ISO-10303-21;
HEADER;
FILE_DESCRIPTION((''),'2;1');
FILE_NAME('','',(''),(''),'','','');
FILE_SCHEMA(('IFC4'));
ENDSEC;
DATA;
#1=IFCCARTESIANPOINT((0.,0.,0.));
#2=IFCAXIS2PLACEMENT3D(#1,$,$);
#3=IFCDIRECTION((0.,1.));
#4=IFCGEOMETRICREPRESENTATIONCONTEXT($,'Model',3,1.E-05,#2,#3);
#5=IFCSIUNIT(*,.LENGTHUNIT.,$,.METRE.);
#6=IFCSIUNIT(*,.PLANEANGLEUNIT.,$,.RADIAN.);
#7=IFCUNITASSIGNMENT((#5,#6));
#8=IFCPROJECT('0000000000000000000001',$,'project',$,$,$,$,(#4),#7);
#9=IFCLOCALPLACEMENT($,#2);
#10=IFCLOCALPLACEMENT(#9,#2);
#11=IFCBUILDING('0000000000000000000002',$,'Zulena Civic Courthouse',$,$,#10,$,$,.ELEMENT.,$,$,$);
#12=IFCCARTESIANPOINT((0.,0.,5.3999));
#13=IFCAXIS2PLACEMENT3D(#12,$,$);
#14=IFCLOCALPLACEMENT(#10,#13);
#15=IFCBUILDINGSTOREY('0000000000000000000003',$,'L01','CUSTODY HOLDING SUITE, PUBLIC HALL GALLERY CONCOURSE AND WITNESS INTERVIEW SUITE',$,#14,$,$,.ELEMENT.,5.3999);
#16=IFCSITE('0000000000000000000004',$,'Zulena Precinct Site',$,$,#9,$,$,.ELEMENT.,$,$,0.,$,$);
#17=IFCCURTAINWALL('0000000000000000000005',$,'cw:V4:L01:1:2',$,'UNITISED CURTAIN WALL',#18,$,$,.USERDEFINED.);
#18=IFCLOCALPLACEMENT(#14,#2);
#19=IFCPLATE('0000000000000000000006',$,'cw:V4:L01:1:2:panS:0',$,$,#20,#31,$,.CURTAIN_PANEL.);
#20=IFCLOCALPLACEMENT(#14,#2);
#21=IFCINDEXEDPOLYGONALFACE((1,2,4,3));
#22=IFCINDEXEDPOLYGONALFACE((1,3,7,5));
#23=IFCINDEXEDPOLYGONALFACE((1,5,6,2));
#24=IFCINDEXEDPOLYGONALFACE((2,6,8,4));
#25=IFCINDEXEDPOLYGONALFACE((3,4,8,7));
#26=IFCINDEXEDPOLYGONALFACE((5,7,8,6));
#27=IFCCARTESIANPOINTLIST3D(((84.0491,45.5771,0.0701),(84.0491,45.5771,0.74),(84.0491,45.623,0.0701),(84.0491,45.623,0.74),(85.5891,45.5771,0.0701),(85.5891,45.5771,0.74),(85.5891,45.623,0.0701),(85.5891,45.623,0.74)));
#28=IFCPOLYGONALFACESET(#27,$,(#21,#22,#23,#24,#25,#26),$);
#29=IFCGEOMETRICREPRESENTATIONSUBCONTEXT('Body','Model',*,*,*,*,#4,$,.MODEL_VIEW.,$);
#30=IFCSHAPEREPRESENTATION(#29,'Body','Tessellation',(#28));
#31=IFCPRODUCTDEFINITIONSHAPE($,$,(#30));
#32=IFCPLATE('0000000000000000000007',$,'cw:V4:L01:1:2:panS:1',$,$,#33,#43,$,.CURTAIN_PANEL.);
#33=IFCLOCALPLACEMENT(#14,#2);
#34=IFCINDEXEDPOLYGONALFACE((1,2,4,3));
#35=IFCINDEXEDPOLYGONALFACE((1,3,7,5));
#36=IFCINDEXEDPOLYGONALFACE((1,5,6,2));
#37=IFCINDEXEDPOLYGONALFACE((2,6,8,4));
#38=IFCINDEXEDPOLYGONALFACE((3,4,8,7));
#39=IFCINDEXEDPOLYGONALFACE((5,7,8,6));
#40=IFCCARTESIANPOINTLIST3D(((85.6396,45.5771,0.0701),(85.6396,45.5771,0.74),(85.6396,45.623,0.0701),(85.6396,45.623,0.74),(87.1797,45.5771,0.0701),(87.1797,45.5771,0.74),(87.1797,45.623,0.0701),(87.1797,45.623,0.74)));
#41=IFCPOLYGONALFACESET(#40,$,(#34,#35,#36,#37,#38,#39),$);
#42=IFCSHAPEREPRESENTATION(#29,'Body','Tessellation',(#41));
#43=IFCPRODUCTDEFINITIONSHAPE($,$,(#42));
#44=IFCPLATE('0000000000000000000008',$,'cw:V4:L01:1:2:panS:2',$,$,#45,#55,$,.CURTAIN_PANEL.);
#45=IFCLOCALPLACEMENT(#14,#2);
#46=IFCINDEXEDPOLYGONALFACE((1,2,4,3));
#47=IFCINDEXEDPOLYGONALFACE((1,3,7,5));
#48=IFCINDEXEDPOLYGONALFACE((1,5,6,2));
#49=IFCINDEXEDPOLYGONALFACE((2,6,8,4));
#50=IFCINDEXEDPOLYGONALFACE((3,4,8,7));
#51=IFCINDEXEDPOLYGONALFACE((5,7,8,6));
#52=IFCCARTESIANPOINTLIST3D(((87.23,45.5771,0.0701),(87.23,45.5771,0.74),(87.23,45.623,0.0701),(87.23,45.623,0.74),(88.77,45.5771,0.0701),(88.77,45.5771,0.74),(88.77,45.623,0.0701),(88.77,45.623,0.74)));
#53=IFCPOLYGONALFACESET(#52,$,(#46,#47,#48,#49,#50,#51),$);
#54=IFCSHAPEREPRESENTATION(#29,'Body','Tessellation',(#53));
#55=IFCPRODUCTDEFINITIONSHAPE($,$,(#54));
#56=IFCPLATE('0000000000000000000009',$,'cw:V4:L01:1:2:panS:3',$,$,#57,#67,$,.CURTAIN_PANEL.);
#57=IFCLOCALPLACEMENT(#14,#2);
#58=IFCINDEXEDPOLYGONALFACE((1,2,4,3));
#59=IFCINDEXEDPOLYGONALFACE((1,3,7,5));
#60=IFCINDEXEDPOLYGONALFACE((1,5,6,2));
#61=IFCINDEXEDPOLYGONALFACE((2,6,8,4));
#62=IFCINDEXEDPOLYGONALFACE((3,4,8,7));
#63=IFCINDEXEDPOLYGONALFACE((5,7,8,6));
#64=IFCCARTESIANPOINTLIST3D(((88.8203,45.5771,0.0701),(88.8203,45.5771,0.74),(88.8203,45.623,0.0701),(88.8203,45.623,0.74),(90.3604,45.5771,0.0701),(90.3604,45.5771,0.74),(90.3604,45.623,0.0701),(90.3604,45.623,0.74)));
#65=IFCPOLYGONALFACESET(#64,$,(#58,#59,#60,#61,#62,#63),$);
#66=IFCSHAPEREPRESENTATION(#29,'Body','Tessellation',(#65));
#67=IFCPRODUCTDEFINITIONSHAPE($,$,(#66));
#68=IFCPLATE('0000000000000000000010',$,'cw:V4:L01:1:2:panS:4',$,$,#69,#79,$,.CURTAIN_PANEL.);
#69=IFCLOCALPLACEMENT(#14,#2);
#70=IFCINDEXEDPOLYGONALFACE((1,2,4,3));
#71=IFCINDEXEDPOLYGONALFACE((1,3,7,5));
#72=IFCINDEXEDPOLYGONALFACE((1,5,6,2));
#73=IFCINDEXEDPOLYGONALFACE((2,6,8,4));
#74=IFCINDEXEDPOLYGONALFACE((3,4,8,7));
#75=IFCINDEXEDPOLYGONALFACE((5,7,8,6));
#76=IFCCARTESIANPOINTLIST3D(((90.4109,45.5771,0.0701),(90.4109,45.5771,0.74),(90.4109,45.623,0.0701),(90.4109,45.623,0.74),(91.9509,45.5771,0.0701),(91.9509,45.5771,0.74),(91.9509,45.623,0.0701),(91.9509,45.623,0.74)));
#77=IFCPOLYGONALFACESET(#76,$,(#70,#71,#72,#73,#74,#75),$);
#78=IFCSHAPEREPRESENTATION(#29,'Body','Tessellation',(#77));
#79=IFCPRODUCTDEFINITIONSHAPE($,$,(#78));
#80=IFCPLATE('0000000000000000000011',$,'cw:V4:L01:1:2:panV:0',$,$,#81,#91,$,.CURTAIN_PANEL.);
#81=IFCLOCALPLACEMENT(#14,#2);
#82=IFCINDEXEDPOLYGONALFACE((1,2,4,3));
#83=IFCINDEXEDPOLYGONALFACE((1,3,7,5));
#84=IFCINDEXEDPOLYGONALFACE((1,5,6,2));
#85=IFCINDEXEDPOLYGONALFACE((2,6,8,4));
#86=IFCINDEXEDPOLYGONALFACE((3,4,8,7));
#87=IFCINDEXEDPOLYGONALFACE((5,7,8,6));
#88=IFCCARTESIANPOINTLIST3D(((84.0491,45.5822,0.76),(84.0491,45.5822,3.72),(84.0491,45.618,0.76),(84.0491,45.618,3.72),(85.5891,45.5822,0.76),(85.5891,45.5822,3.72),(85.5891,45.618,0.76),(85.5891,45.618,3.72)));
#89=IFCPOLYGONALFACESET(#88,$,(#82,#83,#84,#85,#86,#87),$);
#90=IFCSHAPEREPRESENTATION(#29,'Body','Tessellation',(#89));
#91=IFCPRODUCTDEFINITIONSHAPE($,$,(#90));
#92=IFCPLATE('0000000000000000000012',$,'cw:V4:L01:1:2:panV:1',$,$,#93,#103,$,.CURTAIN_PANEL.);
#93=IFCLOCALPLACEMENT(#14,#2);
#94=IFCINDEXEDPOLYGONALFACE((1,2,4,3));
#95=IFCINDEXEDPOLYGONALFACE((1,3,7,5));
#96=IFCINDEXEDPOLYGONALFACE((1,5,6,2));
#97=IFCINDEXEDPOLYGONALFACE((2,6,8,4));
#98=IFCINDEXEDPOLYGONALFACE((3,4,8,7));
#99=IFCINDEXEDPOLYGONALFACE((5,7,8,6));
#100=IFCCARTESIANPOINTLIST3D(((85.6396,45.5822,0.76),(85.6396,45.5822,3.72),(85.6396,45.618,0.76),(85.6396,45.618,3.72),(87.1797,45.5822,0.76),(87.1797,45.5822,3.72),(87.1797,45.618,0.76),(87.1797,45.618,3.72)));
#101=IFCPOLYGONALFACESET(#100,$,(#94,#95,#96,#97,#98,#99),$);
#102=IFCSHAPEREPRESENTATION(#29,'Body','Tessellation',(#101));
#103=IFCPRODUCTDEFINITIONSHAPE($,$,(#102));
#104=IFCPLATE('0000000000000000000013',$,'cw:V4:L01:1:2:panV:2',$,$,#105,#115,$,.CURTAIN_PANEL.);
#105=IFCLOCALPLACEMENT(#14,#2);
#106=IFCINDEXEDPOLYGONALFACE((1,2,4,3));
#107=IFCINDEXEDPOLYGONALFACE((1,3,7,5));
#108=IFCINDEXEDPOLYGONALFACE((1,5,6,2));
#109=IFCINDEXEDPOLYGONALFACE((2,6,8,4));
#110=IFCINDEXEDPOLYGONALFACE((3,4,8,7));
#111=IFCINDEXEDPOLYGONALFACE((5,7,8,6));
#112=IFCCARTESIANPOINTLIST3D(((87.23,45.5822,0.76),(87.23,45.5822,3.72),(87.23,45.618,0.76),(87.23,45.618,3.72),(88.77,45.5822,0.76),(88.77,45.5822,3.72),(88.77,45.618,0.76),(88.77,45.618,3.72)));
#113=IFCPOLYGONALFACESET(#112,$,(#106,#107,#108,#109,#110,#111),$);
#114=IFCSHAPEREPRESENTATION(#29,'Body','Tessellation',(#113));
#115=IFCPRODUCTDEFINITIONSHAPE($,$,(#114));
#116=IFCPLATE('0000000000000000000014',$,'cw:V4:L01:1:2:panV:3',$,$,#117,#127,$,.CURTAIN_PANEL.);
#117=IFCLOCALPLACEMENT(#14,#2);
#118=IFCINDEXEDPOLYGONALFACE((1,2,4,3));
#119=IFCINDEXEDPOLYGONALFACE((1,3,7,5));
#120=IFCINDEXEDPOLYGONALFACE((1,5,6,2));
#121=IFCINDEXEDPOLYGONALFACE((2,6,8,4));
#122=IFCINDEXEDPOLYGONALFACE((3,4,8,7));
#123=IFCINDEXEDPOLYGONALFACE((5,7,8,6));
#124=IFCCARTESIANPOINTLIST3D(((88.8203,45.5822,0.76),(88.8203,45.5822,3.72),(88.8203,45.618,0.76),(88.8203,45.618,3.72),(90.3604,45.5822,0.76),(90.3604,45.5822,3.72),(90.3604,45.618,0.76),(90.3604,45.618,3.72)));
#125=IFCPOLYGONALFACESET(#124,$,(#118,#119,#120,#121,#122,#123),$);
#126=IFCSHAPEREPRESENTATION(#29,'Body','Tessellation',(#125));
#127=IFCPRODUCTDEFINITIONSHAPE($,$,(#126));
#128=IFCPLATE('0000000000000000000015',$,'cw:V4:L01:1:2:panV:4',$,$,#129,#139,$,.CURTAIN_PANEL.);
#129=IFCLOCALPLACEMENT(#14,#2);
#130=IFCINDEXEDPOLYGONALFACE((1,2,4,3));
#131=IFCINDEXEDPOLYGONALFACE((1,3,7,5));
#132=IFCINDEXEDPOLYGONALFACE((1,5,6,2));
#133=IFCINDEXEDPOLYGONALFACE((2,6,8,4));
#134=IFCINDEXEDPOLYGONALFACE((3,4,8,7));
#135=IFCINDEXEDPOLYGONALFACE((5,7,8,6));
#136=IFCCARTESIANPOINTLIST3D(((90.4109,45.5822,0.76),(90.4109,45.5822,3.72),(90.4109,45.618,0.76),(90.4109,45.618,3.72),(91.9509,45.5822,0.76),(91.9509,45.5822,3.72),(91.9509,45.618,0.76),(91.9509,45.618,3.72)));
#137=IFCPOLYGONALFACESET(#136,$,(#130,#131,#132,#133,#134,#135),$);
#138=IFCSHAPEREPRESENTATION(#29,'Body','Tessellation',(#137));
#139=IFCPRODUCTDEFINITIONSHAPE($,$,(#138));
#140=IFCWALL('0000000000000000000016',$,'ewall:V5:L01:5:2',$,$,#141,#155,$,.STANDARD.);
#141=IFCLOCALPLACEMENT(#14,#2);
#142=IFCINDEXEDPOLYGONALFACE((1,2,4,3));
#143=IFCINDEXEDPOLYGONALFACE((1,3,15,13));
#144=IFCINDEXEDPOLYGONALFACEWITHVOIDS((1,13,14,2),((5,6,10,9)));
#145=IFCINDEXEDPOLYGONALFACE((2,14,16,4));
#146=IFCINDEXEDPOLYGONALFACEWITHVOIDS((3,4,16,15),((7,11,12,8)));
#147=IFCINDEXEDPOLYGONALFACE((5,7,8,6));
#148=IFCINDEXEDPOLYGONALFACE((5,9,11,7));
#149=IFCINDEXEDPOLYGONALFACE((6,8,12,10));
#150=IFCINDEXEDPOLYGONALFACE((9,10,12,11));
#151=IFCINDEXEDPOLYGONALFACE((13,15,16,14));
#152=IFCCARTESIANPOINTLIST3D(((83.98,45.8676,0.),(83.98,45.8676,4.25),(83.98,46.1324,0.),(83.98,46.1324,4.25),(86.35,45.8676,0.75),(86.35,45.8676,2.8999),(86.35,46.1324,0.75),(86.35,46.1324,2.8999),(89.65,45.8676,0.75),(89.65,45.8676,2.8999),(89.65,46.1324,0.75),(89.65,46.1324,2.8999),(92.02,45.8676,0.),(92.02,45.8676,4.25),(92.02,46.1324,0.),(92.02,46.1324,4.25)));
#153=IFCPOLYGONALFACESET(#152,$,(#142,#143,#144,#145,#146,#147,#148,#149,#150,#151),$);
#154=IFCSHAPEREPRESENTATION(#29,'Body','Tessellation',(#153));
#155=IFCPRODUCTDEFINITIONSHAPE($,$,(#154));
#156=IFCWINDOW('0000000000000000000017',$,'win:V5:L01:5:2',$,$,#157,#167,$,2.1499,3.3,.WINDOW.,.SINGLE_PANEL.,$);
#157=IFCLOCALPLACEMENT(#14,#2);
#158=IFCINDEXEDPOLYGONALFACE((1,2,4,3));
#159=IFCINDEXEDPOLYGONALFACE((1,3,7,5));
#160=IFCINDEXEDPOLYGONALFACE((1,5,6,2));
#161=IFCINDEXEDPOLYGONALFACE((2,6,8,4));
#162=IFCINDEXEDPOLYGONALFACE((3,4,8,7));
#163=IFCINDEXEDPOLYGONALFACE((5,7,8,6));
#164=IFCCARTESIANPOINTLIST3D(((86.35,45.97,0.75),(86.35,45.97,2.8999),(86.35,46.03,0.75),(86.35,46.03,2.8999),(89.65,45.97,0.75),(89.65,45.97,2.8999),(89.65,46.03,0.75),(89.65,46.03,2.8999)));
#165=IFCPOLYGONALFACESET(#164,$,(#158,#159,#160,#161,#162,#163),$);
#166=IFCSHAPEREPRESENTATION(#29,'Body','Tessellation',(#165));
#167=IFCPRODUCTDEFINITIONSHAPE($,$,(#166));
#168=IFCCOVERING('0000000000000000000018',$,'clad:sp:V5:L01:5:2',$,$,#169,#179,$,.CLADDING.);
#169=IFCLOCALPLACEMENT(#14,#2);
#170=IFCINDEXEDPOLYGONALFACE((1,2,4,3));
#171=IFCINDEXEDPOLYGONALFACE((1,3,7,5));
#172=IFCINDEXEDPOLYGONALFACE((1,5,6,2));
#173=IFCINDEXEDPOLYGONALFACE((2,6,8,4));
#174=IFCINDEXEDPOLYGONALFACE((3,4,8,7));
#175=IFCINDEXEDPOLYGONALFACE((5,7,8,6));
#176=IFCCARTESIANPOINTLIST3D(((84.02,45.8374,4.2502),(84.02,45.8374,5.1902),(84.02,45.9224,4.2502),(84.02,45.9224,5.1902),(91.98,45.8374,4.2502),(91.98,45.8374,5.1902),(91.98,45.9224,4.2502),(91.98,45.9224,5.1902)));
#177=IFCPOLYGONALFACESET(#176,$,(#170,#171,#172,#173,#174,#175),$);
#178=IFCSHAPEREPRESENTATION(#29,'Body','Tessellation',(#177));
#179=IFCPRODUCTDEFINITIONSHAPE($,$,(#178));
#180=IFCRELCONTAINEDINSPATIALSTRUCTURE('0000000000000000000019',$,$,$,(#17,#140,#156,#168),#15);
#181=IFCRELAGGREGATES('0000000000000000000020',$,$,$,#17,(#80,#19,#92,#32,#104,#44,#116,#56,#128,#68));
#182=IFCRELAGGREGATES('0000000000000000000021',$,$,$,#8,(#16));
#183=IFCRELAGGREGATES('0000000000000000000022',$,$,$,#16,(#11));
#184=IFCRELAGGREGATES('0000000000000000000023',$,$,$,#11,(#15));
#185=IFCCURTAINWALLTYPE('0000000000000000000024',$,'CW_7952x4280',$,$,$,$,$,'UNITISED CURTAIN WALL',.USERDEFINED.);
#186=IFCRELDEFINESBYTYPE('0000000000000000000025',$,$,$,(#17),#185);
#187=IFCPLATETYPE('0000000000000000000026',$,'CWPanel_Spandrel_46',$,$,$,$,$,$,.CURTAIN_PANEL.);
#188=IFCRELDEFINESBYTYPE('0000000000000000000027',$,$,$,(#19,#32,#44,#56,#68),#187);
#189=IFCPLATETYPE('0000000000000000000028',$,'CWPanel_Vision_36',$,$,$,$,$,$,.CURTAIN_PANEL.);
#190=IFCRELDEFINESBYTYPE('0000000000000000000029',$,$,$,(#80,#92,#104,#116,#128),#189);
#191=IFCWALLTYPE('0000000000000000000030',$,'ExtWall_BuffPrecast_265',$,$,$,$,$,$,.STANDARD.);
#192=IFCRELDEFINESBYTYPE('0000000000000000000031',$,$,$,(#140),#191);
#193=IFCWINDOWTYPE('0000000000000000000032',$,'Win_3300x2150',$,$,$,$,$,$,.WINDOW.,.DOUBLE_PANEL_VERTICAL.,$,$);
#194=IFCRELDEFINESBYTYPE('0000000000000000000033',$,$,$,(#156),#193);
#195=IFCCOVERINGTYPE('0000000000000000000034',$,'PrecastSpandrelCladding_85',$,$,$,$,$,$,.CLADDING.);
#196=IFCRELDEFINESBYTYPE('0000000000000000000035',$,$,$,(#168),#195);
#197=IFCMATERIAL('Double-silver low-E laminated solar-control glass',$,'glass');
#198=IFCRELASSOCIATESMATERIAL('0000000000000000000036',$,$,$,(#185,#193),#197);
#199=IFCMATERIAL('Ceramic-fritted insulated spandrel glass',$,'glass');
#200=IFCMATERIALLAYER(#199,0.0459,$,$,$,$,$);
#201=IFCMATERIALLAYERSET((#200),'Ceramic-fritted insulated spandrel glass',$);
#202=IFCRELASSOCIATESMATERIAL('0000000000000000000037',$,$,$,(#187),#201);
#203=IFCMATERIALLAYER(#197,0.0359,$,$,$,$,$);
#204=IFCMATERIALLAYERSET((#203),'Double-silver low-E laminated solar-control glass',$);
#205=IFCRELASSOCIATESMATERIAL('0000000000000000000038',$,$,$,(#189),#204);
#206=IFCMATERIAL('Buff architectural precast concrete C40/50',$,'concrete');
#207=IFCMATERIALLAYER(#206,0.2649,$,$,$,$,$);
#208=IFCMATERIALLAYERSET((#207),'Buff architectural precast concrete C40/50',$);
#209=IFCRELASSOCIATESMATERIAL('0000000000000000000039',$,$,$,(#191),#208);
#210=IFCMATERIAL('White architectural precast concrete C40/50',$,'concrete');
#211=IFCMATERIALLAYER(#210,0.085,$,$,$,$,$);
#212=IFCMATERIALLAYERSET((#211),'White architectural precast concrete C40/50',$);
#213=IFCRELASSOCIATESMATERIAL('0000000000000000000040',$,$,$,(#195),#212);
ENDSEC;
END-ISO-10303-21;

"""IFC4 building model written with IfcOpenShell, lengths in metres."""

from ifc_helpers import new_model, si_unit, direction, frame, frame_2d, origin, origin_2d, place, context, subcontext, project, spatial, rectangle, extrude, material, layer, layer_set, type_object, element, fill, aggregate, save


model = new_model("IFC4")

# Units and contexts
model_context = context("Model", 3, precision=1e-05, world=origin(), true_north=direction((0.0, 1.0)))
body_context = subcontext(model_context, "Body", "Model", "MODEL_VIEW")
ifc_project = project(units=[si_unit("LENGTHUNIT", "METRE"), si_unit("PLANEANGLEUNIT", "RADIAN")], contexts=[model_context])

# Site, building, storey
site_placement = place(None, origin())
site = spatial("IfcSite", under=ifc_project, at=site_placement, Name="Zulena Precinct Site", CompositionType="ELEMENT", RefElevation=0.0)
building_placement = place(site_placement, origin())
building = spatial("IfcBuilding", under=site, at=building_placement, Name="Zulena Civic Courthouse", CompositionType="ELEMENT")
storey_placement = place(building_placement, frame((0.0, 0.0, 5.3999)))
storey = spatial("IfcBuildingStorey", under=building, at=storey_placement, Name="L01", Description="CUSTODY HOLDING SUITE, PUBLIC HALL GALLERY CONCOURSE AND WITNESS INTERVIEW SUITE", CompositionType="ELEMENT", Elevation=5.3999)

# Curtain wall
ifc_material_1 = material(Name="Double-silver low-E laminated solar-control glass", Category="glass")
curtain_wall_type = type_object("IfcCurtainWallType", Name="CW_7952x4280", ElementType="UNITISED CURTAIN WALL", PredefinedType="USERDEFINED", material=ifc_material_1)
curtain_wall_1_placement = place(storey_placement, origin())
curtain_wall_1 = element("IfcCurtainWall", 1, at=curtain_wall_1_placement, inside=storey, type_object=curtain_wall_type, Name="cw:V4:L01:1:2", ObjectType="UNITISED CURTAIN WALL", PredefinedType="USERDEFINED")

# Plates
ifc_material_2 = material(Name="Ceramic-fritted insulated spandrel glass", Category="glass")
ifc_layer_1 = layer(ifc_material_2, 0.0459)
ifc_layer_set_1 = layer_set([ifc_layer_1], Name="Ceramic-fritted insulated spandrel glass")
plate_type_1 = type_object("IfcPlateType", Name="CWPanel_Spandrel_46", PredefinedType="CURTAIN_PANEL", material=ifc_layer_set_1)
plate_1_placement = place(storey_placement, frame((84.8191, 45.6001, 0.0701), z_axis=(0.0, 0.0, 1.0), x_axis=(1.0, 0.0, 0.0)))
plate_1 = element("IfcPlate", 2, at=plate_1_placement, type_object=plate_type_1, Name="cw:V4:L01:1:2:panS:0", PredefinedType="CURTAIN_PANEL", context=body_context, shape_type="SweptSolid", body=[
    extrude(rectangle(XDim=1.54, YDim=0.0459, at=origin_2d()), origin(), (0.0, 0.0, 1.0), 0.6699),
])
plate_2_placement = place(storey_placement, frame((86.4097, 45.6001, 0.0701), z_axis=(0.0, 0.0, 1.0), x_axis=(1.0, 0.0, 0.0)))
plate_2 = element("IfcPlate", 3, at=plate_2_placement, type_object=plate_type_1, Name="cw:V4:L01:1:2:panS:1", PredefinedType="CURTAIN_PANEL", context=body_context, shape_type="SweptSolid", body=[
    extrude(rectangle(XDim=1.54, YDim=0.0459, at=origin_2d()), origin(), (0.0, 0.0, 1.0), 0.6699),
])
plate_3_placement = place(storey_placement, frame((88.0, 45.6001, 0.0701), z_axis=(0.0, 0.0, 1.0), x_axis=(1.0, 0.0, 0.0)))
plate_3 = element("IfcPlate", 4, at=plate_3_placement, type_object=plate_type_1, Name="cw:V4:L01:1:2:panS:2", PredefinedType="CURTAIN_PANEL", context=body_context, shape_type="SweptSolid", body=[
    extrude(rectangle(XDim=1.54, YDim=0.0459, at=origin_2d()), origin(), (0.0, 0.0, 1.0), 0.6699),
])
plate_4_placement = place(storey_placement, frame((89.5903, 45.6001, 0.0701), z_axis=(0.0, 0.0, 1.0), x_axis=(1.0, 0.0, 0.0)))
plate_4 = element("IfcPlate", 5, at=plate_4_placement, type_object=plate_type_1, Name="cw:V4:L01:1:2:panS:3", PredefinedType="CURTAIN_PANEL", context=body_context, shape_type="SweptSolid", body=[
    extrude(rectangle(XDim=1.54, YDim=0.0459, at=origin_2d()), origin(), (0.0, 0.0, 1.0), 0.6699),
])
plate_5_placement = place(storey_placement, frame((91.1809, 45.6001, 0.0701), z_axis=(0.0, 0.0, 1.0), x_axis=(1.0, 0.0, 0.0)))
plate_5 = element("IfcPlate", 6, at=plate_5_placement, type_object=plate_type_1, Name="cw:V4:L01:1:2:panS:4", PredefinedType="CURTAIN_PANEL", context=body_context, shape_type="SweptSolid", body=[
    extrude(rectangle(XDim=1.54, YDim=0.0459, at=origin_2d()), origin(), (0.0, 0.0, 1.0), 0.6699),
])
ifc_layer_2 = layer(ifc_material_1, 0.0359)
ifc_layer_set_2 = layer_set([ifc_layer_2], Name="Double-silver low-E laminated solar-control glass")
plate_type_2 = type_object("IfcPlateType", Name="CWPanel_Vision_36", PredefinedType="CURTAIN_PANEL", material=ifc_layer_set_2)
plate_6_placement = place(storey_placement, frame((84.8191, 45.6001, 0.76), z_axis=(0.0, 0.0, 1.0), x_axis=(1.0, 0.0, 0.0)))
plate_6 = element("IfcPlate", 7, at=plate_6_placement, type_object=plate_type_2, Name="cw:V4:L01:1:2:panV:0", PredefinedType="CURTAIN_PANEL", context=body_context, shape_type="SweptSolid", body=[
    extrude(rectangle(XDim=1.54, YDim=0.0359, at=origin_2d()), origin(), (0.0, 0.0, 1.0), 2.96),
])
plate_7_placement = place(storey_placement, frame((86.4097, 45.6001, 0.76), z_axis=(0.0, 0.0, 1.0), x_axis=(1.0, 0.0, 0.0)))
plate_7 = element("IfcPlate", 8, at=plate_7_placement, type_object=plate_type_2, Name="cw:V4:L01:1:2:panV:1", PredefinedType="CURTAIN_PANEL", context=body_context, shape_type="SweptSolid", body=[
    extrude(rectangle(XDim=1.54, YDim=0.0359, at=origin_2d()), origin(), (0.0, 0.0, 1.0), 2.96),
])
plate_8_placement = place(storey_placement, frame((88.0, 45.6001, 0.76), z_axis=(0.0, 0.0, 1.0), x_axis=(1.0, 0.0, 0.0)))
plate_8 = element("IfcPlate", 9, at=plate_8_placement, type_object=plate_type_2, Name="cw:V4:L01:1:2:panV:2", PredefinedType="CURTAIN_PANEL", context=body_context, shape_type="SweptSolid", body=[
    extrude(rectangle(XDim=1.54, YDim=0.0359, at=origin_2d()), origin(), (0.0, 0.0, 1.0), 2.96),
])
plate_9_placement = place(storey_placement, frame((89.5903, 45.6001, 0.76), z_axis=(0.0, 0.0, 1.0), x_axis=(1.0, 0.0, 0.0)))
plate_9 = element("IfcPlate", 10, at=plate_9_placement, type_object=plate_type_2, Name="cw:V4:L01:1:2:panV:3", PredefinedType="CURTAIN_PANEL", context=body_context, shape_type="SweptSolid", body=[
    extrude(rectangle(XDim=1.54, YDim=0.0359, at=origin_2d()), origin(), (0.0, 0.0, 1.0), 2.96),
])
plate_10_placement = place(storey_placement, frame((91.1809, 45.6001, 0.76), z_axis=(0.0, 0.0, 1.0), x_axis=(1.0, 0.0, 0.0)))
plate_10 = element("IfcPlate", 11, at=plate_10_placement, type_object=plate_type_2, Name="cw:V4:L01:1:2:panV:4", PredefinedType="CURTAIN_PANEL", context=body_context, shape_type="SweptSolid", body=[
    extrude(rectangle(XDim=1.54, YDim=0.0359, at=origin_2d()), origin(), (0.0, 0.0, 1.0), 2.96),
])
aggregate(curtain_wall_1, [plate_6, plate_1, plate_7, plate_2, plate_8, plate_3, plate_9, plate_4, plate_10, plate_5])

# Wall, opening, window
ifc_material_3 = material(Name="Buff architectural precast concrete C40/50", Category="concrete")
ifc_layer_3 = layer(ifc_material_3, 0.2649)
ifc_layer_set_3 = layer_set([ifc_layer_3], Name="Buff architectural precast concrete C40/50")
wall_type = type_object("IfcWallType", Name="ExtWall_BuffPrecast_265", PredefinedType="STANDARD", material=ifc_layer_set_3)
wall_placement = place(storey_placement, frame((92.02, 46.0, 0.0), z_axis=(0.0, 0.0, 1.0), x_axis=(-1.0, 0.0, 0.0)))
wall = element("IfcWall", 12, at=wall_placement, inside=storey, type_object=wall_type, Name="ewall:V5:L01:5:2", PredefinedType="STANDARD", context=body_context, shape_type="SweptSolid", body=[
    extrude(rectangle(XDim=8.04, YDim=0.2649, at=frame_2d((4.02, 0.0))), origin(), (0.0, 0.0, 1.0), 4.25),
])
opening_placement = place(wall_placement, frame((2.3701, 0.0, 0.75)))
opening = element("IfcOpeningElement", 13, at=opening_placement, cuts=wall, PredefinedType="OPENING", context=body_context, shape_type="SweptSolid", body=[
    extrude(rectangle(XDim=3.3, YDim=2.1499, at=frame_2d((1.6499, 1.075))), frame((0.0, 0.1423, 0.0), z_axis=(0.0, -1.0, 0.0), x_axis=(1.0, 0.0, 0.0)), (0.0, 0.0, 1.0), 0.2849),
])
window_type = type_object("IfcWindowType", Name="Win_3300x2150", PartitioningType="DOUBLE_PANEL_VERTICAL", PredefinedType="WINDOW", material=ifc_material_1)
window_placement = place(opening_placement, origin())
window = element("IfcWindow", 14, at=window_placement, inside=storey, type_object=window_type, Name="win:V5:L01:5:2", OverallHeight=2.1499, OverallWidth=3.3, PartitioningType="SINGLE_PANEL", PredefinedType="WINDOW", context=body_context, shape_type="SweptSolid", body=[
    extrude(rectangle(XDim=3.3, YDim=2.1499, at=frame_2d((1.6499, 1.075))), frame((0.0, 0.03, 0.0), z_axis=(0.0, -1.0, 0.0), x_axis=(1.0, 0.0, 0.0)), (0.0, 0.0, 1.0), 0.0601),
])
fill(opening, window)

# Covering
ifc_material_4 = material(Name="White architectural precast concrete C40/50", Category="concrete")
ifc_layer_4 = layer(ifc_material_4, 0.085)
ifc_layer_set_4 = layer_set([ifc_layer_4], Name="White architectural precast concrete C40/50")
covering_type = type_object("IfcCoveringType", Name="PrecastSpandrelCladding_85", PredefinedType="CLADDING", material=ifc_layer_set_4)
covering_placement = place(storey_placement, frame((88.0, 45.8799, 4.2502), z_axis=(0.0, 0.0, 1.0), x_axis=(-1.0, 0.0, 0.0)))
element("IfcCovering", 15, at=covering_placement, inside=storey, type_object=covering_type, Name="clad:sp:V5:L01:5:2", PredefinedType="CLADDING", context=body_context, shape_type="SweptSolid", body=[
    extrude(rectangle(XDim=7.96, YDim=0.085, at=origin_2d()), origin(), (0.0, 0.0, 1.0), 0.9399),
])

save(model, "model.ifc")
